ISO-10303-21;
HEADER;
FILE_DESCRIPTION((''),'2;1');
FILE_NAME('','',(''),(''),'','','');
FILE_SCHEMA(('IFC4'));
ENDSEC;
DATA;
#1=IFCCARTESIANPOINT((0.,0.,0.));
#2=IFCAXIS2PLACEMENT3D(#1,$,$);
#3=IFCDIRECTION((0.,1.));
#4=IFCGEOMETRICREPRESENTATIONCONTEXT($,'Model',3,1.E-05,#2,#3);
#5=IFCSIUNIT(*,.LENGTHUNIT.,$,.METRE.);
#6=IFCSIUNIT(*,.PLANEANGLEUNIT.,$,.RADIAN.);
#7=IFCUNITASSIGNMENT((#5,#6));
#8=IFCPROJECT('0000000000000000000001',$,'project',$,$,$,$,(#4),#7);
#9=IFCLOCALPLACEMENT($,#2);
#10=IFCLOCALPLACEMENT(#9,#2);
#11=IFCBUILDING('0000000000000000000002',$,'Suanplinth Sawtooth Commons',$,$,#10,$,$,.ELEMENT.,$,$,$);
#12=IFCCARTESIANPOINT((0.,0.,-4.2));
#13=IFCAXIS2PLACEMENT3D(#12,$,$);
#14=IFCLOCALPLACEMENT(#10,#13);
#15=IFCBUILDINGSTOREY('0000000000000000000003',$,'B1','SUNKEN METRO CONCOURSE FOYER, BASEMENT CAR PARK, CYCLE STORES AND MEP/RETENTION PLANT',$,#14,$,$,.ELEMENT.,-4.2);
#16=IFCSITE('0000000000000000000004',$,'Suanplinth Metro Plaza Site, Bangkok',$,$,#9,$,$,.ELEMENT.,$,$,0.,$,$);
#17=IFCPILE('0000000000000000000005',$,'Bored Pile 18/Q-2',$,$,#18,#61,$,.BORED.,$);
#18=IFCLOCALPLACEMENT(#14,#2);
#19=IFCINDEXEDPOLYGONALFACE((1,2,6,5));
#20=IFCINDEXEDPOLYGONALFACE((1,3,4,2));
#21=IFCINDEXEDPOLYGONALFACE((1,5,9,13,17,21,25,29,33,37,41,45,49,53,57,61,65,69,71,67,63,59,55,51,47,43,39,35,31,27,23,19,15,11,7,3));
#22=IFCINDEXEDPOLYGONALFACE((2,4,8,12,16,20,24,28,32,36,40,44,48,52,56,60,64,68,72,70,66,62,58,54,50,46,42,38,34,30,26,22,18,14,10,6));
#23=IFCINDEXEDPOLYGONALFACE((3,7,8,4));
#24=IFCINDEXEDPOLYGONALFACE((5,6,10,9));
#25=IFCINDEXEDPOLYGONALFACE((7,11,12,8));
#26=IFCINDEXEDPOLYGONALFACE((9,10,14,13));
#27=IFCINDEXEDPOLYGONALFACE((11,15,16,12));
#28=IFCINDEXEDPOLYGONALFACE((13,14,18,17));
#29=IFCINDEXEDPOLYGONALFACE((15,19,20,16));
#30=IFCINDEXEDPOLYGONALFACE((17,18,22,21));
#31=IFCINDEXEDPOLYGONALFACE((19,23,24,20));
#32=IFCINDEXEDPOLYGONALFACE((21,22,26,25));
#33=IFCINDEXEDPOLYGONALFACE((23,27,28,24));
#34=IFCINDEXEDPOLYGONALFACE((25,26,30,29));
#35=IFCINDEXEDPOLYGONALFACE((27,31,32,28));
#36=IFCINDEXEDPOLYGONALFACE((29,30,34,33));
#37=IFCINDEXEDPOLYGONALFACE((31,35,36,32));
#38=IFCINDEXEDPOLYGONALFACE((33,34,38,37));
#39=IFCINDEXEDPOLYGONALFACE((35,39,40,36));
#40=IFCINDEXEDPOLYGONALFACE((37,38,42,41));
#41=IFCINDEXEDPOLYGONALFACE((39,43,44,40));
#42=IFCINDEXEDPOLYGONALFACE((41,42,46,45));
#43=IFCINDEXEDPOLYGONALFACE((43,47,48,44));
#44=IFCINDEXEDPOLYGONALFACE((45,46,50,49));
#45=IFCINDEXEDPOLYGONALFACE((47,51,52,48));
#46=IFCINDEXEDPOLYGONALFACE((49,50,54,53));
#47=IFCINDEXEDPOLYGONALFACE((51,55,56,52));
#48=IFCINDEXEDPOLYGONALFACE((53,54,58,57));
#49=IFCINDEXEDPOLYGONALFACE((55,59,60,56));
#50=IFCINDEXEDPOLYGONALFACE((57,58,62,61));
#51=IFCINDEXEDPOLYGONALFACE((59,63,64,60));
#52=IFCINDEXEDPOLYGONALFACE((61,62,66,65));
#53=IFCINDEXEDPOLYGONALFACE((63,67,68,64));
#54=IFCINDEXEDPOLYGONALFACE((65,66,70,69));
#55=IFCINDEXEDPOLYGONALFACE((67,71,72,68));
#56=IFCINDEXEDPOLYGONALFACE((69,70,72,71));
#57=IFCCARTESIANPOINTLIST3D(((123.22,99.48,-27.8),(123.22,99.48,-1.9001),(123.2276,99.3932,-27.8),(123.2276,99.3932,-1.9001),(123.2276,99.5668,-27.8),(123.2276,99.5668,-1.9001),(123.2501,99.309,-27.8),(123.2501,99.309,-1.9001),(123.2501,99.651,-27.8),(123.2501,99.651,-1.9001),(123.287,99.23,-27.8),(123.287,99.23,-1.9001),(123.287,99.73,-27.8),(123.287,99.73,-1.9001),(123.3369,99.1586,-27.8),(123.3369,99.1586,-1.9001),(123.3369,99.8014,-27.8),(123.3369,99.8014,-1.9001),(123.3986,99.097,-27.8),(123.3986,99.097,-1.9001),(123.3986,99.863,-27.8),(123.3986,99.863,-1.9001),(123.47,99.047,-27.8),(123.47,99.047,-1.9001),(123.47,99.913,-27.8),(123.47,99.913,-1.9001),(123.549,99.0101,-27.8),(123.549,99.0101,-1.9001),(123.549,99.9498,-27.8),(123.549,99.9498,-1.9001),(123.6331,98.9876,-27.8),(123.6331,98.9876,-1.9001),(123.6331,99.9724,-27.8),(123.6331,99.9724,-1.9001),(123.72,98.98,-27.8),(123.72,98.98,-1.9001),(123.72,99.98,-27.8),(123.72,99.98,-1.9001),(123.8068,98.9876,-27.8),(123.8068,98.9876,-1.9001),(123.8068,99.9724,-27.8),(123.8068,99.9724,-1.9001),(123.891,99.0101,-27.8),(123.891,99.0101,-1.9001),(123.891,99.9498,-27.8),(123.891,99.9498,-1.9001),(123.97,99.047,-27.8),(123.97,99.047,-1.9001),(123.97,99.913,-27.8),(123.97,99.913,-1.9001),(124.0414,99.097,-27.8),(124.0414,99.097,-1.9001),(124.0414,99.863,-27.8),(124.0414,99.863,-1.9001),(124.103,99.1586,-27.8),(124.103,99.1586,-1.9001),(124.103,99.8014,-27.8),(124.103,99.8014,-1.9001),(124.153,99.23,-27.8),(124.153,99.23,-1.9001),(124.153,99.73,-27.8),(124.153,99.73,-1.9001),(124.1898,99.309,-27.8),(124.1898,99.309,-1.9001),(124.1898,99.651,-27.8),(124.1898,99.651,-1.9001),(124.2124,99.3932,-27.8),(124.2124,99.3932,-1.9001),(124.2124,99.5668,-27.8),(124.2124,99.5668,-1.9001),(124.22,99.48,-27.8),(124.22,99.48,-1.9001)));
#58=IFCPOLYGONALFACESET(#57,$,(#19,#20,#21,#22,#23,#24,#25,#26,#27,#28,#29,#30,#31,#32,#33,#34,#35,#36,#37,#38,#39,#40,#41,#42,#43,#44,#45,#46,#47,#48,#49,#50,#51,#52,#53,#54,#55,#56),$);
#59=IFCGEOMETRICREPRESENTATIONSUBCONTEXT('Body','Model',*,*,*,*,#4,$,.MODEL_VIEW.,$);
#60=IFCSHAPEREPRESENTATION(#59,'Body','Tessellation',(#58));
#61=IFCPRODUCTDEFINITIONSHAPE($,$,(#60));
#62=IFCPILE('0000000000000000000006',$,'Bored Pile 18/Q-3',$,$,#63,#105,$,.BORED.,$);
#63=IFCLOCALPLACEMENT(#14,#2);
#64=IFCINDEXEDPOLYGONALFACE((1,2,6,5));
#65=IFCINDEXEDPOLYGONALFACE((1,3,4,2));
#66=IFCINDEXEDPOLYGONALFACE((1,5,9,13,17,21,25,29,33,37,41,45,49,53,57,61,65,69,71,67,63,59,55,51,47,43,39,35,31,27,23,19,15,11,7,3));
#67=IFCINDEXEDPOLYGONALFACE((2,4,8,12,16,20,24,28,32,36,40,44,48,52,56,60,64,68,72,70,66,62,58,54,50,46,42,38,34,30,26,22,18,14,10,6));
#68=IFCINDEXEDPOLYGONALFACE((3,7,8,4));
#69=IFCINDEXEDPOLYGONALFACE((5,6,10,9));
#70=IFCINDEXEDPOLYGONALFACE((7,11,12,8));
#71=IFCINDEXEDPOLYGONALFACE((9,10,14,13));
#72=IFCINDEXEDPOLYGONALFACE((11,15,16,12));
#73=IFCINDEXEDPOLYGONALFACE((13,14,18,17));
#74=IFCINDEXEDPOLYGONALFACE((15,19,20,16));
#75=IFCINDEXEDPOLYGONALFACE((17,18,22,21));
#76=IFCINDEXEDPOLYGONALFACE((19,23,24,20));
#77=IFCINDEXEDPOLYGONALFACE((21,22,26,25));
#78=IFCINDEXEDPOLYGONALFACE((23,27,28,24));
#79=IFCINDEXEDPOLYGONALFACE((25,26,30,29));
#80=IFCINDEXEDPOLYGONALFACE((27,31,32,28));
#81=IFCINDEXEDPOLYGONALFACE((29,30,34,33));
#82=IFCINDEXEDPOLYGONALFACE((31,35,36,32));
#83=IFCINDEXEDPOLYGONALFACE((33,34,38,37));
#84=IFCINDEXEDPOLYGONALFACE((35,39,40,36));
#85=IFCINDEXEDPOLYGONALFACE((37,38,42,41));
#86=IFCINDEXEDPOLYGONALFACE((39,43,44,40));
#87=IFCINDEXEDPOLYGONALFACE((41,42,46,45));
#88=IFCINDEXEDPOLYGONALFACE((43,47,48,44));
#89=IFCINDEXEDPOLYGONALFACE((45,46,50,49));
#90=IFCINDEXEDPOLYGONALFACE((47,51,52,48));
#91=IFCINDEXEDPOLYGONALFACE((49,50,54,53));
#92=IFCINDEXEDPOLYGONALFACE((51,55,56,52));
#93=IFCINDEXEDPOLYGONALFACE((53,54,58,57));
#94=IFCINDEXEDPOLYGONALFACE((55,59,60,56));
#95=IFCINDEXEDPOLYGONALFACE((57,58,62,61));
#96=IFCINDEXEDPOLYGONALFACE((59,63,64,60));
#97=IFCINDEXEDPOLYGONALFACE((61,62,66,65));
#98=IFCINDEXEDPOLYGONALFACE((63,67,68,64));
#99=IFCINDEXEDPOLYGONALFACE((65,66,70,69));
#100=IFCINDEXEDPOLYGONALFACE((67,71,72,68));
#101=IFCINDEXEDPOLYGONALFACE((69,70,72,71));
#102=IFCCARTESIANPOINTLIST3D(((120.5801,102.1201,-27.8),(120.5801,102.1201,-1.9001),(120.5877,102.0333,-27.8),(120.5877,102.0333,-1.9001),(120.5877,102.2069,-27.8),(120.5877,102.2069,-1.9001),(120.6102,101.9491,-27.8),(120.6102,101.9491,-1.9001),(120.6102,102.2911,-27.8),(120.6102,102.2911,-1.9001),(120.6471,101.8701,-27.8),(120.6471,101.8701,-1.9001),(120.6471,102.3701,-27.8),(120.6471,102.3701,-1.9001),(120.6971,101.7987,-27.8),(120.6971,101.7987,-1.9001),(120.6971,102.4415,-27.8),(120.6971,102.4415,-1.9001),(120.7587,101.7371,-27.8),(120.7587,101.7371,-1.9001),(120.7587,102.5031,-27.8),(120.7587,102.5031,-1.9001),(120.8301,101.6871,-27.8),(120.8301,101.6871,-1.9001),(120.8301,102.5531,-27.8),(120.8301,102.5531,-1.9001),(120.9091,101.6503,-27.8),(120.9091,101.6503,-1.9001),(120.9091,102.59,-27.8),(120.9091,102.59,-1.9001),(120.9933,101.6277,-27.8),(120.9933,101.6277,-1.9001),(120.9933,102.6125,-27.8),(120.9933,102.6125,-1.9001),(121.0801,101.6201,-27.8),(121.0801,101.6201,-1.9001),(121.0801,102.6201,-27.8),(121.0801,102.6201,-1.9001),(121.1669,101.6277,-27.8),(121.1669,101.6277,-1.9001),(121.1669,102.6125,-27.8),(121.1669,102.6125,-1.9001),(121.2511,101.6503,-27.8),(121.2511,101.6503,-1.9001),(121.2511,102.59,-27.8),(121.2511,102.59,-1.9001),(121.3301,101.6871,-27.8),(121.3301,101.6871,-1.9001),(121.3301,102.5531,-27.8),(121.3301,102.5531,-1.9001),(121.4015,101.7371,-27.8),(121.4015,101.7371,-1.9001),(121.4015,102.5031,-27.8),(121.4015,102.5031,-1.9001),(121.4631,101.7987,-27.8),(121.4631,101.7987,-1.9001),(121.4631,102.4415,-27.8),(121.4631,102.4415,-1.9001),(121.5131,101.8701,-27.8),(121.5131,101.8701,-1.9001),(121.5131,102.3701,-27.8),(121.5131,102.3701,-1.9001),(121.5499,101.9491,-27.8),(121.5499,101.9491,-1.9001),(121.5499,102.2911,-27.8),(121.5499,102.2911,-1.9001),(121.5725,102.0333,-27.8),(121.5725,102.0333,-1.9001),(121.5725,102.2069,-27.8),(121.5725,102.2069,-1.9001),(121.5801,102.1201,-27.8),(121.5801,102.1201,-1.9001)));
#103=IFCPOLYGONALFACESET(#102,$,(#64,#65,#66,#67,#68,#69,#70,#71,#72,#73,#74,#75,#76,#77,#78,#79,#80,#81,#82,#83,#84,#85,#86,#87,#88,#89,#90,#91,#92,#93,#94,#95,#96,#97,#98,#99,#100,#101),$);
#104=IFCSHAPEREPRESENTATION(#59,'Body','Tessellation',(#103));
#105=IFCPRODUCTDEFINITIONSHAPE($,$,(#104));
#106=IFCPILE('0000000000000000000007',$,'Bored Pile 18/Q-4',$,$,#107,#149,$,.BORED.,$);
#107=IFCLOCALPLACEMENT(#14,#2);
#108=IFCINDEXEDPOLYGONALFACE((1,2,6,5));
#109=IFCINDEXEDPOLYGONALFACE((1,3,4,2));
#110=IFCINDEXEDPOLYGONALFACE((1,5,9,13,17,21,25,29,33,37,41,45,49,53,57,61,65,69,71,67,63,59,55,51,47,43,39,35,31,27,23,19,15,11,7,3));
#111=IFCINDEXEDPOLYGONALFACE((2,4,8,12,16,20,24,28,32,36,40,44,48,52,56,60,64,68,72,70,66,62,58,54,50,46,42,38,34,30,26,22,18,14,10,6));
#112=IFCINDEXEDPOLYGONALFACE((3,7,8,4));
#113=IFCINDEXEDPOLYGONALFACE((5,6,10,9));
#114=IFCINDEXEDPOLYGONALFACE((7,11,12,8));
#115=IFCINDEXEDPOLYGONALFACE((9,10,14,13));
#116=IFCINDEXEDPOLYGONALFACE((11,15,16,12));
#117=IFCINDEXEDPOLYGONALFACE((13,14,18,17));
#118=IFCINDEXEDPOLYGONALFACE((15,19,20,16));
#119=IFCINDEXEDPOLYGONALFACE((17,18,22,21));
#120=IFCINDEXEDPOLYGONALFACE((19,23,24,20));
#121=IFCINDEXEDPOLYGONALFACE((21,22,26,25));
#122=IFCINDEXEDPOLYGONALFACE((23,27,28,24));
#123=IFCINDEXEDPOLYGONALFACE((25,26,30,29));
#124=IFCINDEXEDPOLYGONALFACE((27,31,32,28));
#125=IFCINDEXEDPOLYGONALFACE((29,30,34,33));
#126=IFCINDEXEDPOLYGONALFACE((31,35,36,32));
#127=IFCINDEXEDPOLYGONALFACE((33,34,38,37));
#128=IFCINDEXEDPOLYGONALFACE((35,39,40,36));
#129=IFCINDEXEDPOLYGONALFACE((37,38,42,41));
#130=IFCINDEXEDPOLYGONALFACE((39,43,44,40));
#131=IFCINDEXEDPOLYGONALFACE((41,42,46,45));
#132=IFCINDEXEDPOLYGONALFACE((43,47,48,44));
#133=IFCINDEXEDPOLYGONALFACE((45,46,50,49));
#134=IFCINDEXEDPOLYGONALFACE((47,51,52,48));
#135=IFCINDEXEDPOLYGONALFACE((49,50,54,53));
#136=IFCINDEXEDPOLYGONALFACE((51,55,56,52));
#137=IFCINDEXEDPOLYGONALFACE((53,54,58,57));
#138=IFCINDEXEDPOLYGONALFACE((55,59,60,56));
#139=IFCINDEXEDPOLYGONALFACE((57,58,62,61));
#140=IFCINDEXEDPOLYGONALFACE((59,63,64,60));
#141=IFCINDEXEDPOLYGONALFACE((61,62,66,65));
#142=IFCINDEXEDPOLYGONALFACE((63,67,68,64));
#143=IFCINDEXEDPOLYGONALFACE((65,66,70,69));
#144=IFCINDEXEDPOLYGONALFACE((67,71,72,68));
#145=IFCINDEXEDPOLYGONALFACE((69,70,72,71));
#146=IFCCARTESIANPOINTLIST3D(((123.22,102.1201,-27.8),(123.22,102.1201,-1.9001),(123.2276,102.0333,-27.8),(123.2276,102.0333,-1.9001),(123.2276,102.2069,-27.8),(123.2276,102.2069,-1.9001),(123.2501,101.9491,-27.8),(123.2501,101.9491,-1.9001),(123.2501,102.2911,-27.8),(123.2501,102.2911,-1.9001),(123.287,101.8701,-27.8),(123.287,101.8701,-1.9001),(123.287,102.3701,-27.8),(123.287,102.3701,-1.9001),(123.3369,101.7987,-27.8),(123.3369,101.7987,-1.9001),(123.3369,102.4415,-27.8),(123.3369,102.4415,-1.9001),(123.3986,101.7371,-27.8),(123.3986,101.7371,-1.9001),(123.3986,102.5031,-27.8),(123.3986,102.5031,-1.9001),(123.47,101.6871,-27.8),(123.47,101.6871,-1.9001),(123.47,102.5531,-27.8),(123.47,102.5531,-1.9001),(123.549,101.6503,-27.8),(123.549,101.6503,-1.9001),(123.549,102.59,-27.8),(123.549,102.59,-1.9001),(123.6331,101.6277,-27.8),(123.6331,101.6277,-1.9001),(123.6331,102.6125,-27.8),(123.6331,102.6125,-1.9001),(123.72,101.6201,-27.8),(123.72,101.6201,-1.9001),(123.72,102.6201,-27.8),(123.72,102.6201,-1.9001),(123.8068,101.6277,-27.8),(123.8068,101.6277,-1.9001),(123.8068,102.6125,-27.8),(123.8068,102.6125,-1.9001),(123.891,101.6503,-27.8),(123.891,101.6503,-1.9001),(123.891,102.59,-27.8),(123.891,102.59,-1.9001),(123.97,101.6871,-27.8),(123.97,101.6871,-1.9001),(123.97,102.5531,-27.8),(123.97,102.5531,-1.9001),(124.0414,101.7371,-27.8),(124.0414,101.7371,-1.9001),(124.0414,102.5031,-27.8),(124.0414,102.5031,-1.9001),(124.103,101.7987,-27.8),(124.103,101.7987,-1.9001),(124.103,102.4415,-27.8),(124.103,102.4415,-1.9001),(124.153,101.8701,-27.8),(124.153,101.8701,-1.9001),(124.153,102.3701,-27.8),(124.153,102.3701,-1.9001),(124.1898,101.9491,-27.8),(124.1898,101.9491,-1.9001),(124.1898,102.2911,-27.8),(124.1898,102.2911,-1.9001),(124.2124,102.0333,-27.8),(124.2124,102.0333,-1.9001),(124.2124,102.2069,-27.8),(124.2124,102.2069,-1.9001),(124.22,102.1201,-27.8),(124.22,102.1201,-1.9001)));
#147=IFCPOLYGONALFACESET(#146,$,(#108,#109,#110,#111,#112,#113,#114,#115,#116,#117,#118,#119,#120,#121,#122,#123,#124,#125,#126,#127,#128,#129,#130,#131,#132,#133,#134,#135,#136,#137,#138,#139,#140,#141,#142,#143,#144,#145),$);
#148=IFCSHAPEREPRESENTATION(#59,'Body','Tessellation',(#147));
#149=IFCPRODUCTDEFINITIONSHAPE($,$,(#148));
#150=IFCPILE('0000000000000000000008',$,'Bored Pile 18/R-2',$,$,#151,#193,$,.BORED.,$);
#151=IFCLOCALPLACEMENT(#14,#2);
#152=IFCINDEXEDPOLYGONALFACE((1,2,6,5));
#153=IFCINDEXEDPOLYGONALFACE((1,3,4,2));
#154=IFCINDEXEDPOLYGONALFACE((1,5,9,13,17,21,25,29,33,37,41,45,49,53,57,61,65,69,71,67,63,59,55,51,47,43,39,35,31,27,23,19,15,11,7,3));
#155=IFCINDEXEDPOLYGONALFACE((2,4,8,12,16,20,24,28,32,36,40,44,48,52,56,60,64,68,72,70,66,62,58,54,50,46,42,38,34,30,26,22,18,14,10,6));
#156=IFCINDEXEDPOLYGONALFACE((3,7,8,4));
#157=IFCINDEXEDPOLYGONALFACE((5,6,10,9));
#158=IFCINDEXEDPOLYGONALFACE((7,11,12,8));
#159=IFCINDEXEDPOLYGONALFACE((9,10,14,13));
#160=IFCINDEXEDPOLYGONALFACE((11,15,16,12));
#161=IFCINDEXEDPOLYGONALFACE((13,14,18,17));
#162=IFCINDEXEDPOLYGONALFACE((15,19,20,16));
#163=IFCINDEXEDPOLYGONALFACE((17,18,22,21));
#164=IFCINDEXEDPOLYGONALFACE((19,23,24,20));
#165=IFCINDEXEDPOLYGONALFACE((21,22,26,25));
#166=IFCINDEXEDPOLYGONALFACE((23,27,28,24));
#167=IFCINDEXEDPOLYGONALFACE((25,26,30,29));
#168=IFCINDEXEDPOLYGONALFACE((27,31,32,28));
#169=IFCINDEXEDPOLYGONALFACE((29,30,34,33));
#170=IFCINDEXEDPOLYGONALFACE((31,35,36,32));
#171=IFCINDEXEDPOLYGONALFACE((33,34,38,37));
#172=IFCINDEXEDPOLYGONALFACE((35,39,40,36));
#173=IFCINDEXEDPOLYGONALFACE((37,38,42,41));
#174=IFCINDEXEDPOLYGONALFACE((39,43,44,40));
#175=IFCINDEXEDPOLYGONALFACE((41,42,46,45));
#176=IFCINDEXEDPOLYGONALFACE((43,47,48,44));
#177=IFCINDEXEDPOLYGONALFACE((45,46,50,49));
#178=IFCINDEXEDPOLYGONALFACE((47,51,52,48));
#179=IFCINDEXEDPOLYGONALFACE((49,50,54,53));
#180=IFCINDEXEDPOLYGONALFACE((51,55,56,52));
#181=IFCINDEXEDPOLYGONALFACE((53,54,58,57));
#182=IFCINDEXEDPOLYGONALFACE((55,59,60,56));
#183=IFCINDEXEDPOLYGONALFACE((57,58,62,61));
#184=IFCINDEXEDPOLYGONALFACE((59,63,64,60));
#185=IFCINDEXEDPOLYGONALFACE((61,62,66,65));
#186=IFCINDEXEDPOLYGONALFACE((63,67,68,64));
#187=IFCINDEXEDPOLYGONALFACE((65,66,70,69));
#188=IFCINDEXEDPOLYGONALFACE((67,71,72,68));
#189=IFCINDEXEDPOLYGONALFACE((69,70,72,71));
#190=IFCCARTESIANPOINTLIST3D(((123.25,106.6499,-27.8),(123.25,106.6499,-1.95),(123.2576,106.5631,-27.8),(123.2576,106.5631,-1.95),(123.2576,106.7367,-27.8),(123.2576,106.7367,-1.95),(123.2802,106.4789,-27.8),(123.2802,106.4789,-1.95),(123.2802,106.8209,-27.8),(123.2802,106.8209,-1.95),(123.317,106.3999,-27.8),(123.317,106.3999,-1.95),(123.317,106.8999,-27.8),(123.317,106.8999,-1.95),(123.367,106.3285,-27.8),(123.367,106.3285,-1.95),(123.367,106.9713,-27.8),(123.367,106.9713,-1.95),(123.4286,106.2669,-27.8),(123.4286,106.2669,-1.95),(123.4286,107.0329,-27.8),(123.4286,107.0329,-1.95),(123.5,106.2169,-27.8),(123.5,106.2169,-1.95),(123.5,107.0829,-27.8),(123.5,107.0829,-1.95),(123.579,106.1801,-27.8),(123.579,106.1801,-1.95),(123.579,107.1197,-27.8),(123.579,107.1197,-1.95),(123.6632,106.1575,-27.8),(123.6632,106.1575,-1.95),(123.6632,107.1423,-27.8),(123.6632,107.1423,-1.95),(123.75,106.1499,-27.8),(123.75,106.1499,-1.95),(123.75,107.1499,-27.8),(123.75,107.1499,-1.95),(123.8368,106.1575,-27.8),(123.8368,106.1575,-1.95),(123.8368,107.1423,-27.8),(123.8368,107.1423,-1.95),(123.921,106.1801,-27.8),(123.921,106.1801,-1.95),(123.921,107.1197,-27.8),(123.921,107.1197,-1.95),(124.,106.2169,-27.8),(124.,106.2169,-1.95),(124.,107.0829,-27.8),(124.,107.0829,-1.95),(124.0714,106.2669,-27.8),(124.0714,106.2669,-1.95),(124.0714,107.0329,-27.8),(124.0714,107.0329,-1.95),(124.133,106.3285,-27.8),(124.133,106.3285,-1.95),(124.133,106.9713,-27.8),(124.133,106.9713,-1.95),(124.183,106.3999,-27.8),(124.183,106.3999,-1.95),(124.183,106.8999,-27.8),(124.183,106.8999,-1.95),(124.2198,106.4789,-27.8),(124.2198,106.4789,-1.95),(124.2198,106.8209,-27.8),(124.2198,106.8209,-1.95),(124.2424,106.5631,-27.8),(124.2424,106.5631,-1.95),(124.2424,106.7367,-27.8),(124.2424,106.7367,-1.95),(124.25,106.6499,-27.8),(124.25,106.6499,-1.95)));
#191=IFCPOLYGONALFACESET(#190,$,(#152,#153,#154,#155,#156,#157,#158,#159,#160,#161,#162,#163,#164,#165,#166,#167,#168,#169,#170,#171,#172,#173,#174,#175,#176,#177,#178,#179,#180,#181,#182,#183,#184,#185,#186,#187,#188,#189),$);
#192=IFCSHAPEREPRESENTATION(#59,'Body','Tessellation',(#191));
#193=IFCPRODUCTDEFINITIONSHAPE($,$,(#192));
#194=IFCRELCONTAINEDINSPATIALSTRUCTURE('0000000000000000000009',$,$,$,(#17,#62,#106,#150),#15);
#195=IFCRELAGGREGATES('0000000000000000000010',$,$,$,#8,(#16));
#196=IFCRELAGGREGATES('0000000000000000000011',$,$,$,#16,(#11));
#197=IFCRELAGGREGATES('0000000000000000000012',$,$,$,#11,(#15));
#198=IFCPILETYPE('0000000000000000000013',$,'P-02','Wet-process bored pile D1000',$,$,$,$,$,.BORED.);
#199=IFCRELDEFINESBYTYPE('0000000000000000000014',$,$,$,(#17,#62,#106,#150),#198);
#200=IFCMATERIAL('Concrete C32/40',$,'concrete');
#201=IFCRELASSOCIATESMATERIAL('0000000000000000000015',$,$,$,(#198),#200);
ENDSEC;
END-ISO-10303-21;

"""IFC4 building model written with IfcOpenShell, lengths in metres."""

from ifc_helpers import new_model, si_unit, direction, frame, origin, origin_2d, place, context, subcontext, project, spatial, circle, extrude, material, material_profile, profile_set, type_object, element, save


model = new_model("IFC4")

# Units and contexts
model_context = context("Model", 3, precision=1e-05, world=origin(), true_north=direction((0.0, 1.0)))
body_context = subcontext(model_context, "Body", "Model", "MODEL_VIEW")
ifc_project = project(units=[si_unit("LENGTHUNIT", "METRE"), si_unit("PLANEANGLEUNIT", "RADIAN")], contexts=[model_context])

# Site, building, storey
site_placement = place(None, origin())
site = spatial("IfcSite", under=ifc_project, at=site_placement, Name="Suanplinth Metro Plaza Site, Bangkok", CompositionType="ELEMENT", RefElevation=0.0)
building_placement = place(site_placement, origin())
building = spatial("IfcBuilding", under=site, at=building_placement, Name="Suanplinth Sawtooth Commons", CompositionType="ELEMENT")
storey_placement = place(building_placement, frame((0.0, 0.0, -4.2)))
storey = spatial("IfcBuildingStorey", under=building, at=storey_placement, Name="B1", Description="SUNKEN METRO CONCOURSE FOYER, BASEMENT CAR PARK, CYCLE STORES AND MEP/RETENTION PLANT", CompositionType="ELEMENT", Elevation=-4.2)

# Piles
ifc_material_1 = material(Name="Concrete C32/40", Category="concrete")
ifc_material_profile_1 = material_profile(ifc_material_1, circle(Radius=0.5, at=origin_2d()), Name="PILE D1000")
ifc_profile_set_1 = profile_set([ifc_material_profile_1], Name="Concrete C32/40")
pile_type = type_object("IfcPileType", Name="P-02", Description="Wet-process bored pile D1000", PredefinedType="BORED", material=ifc_profile_set_1)
for number, where, z_axis, x_axis, name in (
    (1, (123.72, 99.48, -1.9001), (0.0, 0.0, -1.0), (1.0, 0.0, 0.0), "Bored Pile 18/Q-2"),
    (2, (121.0801, 102.1201, -1.9001), (0.0, 0.0, -1.0), (1.0, 0.0, 0.0), "Bored Pile 18/Q-3"),
    (3, (123.72, 102.1201, -1.9001), (0.0, 0.0, -1.0), (1.0, 0.0, 0.0), "Bored Pile 18/Q-4"),
):
    element("IfcPile", number, at=place(storey_placement, frame(where, z_axis=z_axis, x_axis=x_axis)), inside=storey, type_object=pile_type, Name=name, PredefinedType="BORED", context=body_context, shape_type="SweptSolid", body=[
        extrude(circle(Radius=0.5, at=origin_2d()), origin(), (0.0, 0.0, 1.0), 25.8999),
    ])
for number, where, z_axis, x_axis, name in (
    (4, (123.75, 106.6499, -1.95), (0.0, 0.0, -1.0), (1.0, 0.0, 0.0), "Bored Pile 18/R-2"),
):
    element("IfcPile", number, at=place(storey_placement, frame(where, z_axis=z_axis, x_axis=x_axis)), inside=storey, type_object=pile_type, Name=name, PredefinedType="BORED", context=body_context, shape_type="SweptSolid", body=[
        extrude(circle(Radius=0.5, at=origin_2d()), origin(), (0.0, 0.0, 1.0), 25.8501),
    ])

save(model, "model.ifc")
